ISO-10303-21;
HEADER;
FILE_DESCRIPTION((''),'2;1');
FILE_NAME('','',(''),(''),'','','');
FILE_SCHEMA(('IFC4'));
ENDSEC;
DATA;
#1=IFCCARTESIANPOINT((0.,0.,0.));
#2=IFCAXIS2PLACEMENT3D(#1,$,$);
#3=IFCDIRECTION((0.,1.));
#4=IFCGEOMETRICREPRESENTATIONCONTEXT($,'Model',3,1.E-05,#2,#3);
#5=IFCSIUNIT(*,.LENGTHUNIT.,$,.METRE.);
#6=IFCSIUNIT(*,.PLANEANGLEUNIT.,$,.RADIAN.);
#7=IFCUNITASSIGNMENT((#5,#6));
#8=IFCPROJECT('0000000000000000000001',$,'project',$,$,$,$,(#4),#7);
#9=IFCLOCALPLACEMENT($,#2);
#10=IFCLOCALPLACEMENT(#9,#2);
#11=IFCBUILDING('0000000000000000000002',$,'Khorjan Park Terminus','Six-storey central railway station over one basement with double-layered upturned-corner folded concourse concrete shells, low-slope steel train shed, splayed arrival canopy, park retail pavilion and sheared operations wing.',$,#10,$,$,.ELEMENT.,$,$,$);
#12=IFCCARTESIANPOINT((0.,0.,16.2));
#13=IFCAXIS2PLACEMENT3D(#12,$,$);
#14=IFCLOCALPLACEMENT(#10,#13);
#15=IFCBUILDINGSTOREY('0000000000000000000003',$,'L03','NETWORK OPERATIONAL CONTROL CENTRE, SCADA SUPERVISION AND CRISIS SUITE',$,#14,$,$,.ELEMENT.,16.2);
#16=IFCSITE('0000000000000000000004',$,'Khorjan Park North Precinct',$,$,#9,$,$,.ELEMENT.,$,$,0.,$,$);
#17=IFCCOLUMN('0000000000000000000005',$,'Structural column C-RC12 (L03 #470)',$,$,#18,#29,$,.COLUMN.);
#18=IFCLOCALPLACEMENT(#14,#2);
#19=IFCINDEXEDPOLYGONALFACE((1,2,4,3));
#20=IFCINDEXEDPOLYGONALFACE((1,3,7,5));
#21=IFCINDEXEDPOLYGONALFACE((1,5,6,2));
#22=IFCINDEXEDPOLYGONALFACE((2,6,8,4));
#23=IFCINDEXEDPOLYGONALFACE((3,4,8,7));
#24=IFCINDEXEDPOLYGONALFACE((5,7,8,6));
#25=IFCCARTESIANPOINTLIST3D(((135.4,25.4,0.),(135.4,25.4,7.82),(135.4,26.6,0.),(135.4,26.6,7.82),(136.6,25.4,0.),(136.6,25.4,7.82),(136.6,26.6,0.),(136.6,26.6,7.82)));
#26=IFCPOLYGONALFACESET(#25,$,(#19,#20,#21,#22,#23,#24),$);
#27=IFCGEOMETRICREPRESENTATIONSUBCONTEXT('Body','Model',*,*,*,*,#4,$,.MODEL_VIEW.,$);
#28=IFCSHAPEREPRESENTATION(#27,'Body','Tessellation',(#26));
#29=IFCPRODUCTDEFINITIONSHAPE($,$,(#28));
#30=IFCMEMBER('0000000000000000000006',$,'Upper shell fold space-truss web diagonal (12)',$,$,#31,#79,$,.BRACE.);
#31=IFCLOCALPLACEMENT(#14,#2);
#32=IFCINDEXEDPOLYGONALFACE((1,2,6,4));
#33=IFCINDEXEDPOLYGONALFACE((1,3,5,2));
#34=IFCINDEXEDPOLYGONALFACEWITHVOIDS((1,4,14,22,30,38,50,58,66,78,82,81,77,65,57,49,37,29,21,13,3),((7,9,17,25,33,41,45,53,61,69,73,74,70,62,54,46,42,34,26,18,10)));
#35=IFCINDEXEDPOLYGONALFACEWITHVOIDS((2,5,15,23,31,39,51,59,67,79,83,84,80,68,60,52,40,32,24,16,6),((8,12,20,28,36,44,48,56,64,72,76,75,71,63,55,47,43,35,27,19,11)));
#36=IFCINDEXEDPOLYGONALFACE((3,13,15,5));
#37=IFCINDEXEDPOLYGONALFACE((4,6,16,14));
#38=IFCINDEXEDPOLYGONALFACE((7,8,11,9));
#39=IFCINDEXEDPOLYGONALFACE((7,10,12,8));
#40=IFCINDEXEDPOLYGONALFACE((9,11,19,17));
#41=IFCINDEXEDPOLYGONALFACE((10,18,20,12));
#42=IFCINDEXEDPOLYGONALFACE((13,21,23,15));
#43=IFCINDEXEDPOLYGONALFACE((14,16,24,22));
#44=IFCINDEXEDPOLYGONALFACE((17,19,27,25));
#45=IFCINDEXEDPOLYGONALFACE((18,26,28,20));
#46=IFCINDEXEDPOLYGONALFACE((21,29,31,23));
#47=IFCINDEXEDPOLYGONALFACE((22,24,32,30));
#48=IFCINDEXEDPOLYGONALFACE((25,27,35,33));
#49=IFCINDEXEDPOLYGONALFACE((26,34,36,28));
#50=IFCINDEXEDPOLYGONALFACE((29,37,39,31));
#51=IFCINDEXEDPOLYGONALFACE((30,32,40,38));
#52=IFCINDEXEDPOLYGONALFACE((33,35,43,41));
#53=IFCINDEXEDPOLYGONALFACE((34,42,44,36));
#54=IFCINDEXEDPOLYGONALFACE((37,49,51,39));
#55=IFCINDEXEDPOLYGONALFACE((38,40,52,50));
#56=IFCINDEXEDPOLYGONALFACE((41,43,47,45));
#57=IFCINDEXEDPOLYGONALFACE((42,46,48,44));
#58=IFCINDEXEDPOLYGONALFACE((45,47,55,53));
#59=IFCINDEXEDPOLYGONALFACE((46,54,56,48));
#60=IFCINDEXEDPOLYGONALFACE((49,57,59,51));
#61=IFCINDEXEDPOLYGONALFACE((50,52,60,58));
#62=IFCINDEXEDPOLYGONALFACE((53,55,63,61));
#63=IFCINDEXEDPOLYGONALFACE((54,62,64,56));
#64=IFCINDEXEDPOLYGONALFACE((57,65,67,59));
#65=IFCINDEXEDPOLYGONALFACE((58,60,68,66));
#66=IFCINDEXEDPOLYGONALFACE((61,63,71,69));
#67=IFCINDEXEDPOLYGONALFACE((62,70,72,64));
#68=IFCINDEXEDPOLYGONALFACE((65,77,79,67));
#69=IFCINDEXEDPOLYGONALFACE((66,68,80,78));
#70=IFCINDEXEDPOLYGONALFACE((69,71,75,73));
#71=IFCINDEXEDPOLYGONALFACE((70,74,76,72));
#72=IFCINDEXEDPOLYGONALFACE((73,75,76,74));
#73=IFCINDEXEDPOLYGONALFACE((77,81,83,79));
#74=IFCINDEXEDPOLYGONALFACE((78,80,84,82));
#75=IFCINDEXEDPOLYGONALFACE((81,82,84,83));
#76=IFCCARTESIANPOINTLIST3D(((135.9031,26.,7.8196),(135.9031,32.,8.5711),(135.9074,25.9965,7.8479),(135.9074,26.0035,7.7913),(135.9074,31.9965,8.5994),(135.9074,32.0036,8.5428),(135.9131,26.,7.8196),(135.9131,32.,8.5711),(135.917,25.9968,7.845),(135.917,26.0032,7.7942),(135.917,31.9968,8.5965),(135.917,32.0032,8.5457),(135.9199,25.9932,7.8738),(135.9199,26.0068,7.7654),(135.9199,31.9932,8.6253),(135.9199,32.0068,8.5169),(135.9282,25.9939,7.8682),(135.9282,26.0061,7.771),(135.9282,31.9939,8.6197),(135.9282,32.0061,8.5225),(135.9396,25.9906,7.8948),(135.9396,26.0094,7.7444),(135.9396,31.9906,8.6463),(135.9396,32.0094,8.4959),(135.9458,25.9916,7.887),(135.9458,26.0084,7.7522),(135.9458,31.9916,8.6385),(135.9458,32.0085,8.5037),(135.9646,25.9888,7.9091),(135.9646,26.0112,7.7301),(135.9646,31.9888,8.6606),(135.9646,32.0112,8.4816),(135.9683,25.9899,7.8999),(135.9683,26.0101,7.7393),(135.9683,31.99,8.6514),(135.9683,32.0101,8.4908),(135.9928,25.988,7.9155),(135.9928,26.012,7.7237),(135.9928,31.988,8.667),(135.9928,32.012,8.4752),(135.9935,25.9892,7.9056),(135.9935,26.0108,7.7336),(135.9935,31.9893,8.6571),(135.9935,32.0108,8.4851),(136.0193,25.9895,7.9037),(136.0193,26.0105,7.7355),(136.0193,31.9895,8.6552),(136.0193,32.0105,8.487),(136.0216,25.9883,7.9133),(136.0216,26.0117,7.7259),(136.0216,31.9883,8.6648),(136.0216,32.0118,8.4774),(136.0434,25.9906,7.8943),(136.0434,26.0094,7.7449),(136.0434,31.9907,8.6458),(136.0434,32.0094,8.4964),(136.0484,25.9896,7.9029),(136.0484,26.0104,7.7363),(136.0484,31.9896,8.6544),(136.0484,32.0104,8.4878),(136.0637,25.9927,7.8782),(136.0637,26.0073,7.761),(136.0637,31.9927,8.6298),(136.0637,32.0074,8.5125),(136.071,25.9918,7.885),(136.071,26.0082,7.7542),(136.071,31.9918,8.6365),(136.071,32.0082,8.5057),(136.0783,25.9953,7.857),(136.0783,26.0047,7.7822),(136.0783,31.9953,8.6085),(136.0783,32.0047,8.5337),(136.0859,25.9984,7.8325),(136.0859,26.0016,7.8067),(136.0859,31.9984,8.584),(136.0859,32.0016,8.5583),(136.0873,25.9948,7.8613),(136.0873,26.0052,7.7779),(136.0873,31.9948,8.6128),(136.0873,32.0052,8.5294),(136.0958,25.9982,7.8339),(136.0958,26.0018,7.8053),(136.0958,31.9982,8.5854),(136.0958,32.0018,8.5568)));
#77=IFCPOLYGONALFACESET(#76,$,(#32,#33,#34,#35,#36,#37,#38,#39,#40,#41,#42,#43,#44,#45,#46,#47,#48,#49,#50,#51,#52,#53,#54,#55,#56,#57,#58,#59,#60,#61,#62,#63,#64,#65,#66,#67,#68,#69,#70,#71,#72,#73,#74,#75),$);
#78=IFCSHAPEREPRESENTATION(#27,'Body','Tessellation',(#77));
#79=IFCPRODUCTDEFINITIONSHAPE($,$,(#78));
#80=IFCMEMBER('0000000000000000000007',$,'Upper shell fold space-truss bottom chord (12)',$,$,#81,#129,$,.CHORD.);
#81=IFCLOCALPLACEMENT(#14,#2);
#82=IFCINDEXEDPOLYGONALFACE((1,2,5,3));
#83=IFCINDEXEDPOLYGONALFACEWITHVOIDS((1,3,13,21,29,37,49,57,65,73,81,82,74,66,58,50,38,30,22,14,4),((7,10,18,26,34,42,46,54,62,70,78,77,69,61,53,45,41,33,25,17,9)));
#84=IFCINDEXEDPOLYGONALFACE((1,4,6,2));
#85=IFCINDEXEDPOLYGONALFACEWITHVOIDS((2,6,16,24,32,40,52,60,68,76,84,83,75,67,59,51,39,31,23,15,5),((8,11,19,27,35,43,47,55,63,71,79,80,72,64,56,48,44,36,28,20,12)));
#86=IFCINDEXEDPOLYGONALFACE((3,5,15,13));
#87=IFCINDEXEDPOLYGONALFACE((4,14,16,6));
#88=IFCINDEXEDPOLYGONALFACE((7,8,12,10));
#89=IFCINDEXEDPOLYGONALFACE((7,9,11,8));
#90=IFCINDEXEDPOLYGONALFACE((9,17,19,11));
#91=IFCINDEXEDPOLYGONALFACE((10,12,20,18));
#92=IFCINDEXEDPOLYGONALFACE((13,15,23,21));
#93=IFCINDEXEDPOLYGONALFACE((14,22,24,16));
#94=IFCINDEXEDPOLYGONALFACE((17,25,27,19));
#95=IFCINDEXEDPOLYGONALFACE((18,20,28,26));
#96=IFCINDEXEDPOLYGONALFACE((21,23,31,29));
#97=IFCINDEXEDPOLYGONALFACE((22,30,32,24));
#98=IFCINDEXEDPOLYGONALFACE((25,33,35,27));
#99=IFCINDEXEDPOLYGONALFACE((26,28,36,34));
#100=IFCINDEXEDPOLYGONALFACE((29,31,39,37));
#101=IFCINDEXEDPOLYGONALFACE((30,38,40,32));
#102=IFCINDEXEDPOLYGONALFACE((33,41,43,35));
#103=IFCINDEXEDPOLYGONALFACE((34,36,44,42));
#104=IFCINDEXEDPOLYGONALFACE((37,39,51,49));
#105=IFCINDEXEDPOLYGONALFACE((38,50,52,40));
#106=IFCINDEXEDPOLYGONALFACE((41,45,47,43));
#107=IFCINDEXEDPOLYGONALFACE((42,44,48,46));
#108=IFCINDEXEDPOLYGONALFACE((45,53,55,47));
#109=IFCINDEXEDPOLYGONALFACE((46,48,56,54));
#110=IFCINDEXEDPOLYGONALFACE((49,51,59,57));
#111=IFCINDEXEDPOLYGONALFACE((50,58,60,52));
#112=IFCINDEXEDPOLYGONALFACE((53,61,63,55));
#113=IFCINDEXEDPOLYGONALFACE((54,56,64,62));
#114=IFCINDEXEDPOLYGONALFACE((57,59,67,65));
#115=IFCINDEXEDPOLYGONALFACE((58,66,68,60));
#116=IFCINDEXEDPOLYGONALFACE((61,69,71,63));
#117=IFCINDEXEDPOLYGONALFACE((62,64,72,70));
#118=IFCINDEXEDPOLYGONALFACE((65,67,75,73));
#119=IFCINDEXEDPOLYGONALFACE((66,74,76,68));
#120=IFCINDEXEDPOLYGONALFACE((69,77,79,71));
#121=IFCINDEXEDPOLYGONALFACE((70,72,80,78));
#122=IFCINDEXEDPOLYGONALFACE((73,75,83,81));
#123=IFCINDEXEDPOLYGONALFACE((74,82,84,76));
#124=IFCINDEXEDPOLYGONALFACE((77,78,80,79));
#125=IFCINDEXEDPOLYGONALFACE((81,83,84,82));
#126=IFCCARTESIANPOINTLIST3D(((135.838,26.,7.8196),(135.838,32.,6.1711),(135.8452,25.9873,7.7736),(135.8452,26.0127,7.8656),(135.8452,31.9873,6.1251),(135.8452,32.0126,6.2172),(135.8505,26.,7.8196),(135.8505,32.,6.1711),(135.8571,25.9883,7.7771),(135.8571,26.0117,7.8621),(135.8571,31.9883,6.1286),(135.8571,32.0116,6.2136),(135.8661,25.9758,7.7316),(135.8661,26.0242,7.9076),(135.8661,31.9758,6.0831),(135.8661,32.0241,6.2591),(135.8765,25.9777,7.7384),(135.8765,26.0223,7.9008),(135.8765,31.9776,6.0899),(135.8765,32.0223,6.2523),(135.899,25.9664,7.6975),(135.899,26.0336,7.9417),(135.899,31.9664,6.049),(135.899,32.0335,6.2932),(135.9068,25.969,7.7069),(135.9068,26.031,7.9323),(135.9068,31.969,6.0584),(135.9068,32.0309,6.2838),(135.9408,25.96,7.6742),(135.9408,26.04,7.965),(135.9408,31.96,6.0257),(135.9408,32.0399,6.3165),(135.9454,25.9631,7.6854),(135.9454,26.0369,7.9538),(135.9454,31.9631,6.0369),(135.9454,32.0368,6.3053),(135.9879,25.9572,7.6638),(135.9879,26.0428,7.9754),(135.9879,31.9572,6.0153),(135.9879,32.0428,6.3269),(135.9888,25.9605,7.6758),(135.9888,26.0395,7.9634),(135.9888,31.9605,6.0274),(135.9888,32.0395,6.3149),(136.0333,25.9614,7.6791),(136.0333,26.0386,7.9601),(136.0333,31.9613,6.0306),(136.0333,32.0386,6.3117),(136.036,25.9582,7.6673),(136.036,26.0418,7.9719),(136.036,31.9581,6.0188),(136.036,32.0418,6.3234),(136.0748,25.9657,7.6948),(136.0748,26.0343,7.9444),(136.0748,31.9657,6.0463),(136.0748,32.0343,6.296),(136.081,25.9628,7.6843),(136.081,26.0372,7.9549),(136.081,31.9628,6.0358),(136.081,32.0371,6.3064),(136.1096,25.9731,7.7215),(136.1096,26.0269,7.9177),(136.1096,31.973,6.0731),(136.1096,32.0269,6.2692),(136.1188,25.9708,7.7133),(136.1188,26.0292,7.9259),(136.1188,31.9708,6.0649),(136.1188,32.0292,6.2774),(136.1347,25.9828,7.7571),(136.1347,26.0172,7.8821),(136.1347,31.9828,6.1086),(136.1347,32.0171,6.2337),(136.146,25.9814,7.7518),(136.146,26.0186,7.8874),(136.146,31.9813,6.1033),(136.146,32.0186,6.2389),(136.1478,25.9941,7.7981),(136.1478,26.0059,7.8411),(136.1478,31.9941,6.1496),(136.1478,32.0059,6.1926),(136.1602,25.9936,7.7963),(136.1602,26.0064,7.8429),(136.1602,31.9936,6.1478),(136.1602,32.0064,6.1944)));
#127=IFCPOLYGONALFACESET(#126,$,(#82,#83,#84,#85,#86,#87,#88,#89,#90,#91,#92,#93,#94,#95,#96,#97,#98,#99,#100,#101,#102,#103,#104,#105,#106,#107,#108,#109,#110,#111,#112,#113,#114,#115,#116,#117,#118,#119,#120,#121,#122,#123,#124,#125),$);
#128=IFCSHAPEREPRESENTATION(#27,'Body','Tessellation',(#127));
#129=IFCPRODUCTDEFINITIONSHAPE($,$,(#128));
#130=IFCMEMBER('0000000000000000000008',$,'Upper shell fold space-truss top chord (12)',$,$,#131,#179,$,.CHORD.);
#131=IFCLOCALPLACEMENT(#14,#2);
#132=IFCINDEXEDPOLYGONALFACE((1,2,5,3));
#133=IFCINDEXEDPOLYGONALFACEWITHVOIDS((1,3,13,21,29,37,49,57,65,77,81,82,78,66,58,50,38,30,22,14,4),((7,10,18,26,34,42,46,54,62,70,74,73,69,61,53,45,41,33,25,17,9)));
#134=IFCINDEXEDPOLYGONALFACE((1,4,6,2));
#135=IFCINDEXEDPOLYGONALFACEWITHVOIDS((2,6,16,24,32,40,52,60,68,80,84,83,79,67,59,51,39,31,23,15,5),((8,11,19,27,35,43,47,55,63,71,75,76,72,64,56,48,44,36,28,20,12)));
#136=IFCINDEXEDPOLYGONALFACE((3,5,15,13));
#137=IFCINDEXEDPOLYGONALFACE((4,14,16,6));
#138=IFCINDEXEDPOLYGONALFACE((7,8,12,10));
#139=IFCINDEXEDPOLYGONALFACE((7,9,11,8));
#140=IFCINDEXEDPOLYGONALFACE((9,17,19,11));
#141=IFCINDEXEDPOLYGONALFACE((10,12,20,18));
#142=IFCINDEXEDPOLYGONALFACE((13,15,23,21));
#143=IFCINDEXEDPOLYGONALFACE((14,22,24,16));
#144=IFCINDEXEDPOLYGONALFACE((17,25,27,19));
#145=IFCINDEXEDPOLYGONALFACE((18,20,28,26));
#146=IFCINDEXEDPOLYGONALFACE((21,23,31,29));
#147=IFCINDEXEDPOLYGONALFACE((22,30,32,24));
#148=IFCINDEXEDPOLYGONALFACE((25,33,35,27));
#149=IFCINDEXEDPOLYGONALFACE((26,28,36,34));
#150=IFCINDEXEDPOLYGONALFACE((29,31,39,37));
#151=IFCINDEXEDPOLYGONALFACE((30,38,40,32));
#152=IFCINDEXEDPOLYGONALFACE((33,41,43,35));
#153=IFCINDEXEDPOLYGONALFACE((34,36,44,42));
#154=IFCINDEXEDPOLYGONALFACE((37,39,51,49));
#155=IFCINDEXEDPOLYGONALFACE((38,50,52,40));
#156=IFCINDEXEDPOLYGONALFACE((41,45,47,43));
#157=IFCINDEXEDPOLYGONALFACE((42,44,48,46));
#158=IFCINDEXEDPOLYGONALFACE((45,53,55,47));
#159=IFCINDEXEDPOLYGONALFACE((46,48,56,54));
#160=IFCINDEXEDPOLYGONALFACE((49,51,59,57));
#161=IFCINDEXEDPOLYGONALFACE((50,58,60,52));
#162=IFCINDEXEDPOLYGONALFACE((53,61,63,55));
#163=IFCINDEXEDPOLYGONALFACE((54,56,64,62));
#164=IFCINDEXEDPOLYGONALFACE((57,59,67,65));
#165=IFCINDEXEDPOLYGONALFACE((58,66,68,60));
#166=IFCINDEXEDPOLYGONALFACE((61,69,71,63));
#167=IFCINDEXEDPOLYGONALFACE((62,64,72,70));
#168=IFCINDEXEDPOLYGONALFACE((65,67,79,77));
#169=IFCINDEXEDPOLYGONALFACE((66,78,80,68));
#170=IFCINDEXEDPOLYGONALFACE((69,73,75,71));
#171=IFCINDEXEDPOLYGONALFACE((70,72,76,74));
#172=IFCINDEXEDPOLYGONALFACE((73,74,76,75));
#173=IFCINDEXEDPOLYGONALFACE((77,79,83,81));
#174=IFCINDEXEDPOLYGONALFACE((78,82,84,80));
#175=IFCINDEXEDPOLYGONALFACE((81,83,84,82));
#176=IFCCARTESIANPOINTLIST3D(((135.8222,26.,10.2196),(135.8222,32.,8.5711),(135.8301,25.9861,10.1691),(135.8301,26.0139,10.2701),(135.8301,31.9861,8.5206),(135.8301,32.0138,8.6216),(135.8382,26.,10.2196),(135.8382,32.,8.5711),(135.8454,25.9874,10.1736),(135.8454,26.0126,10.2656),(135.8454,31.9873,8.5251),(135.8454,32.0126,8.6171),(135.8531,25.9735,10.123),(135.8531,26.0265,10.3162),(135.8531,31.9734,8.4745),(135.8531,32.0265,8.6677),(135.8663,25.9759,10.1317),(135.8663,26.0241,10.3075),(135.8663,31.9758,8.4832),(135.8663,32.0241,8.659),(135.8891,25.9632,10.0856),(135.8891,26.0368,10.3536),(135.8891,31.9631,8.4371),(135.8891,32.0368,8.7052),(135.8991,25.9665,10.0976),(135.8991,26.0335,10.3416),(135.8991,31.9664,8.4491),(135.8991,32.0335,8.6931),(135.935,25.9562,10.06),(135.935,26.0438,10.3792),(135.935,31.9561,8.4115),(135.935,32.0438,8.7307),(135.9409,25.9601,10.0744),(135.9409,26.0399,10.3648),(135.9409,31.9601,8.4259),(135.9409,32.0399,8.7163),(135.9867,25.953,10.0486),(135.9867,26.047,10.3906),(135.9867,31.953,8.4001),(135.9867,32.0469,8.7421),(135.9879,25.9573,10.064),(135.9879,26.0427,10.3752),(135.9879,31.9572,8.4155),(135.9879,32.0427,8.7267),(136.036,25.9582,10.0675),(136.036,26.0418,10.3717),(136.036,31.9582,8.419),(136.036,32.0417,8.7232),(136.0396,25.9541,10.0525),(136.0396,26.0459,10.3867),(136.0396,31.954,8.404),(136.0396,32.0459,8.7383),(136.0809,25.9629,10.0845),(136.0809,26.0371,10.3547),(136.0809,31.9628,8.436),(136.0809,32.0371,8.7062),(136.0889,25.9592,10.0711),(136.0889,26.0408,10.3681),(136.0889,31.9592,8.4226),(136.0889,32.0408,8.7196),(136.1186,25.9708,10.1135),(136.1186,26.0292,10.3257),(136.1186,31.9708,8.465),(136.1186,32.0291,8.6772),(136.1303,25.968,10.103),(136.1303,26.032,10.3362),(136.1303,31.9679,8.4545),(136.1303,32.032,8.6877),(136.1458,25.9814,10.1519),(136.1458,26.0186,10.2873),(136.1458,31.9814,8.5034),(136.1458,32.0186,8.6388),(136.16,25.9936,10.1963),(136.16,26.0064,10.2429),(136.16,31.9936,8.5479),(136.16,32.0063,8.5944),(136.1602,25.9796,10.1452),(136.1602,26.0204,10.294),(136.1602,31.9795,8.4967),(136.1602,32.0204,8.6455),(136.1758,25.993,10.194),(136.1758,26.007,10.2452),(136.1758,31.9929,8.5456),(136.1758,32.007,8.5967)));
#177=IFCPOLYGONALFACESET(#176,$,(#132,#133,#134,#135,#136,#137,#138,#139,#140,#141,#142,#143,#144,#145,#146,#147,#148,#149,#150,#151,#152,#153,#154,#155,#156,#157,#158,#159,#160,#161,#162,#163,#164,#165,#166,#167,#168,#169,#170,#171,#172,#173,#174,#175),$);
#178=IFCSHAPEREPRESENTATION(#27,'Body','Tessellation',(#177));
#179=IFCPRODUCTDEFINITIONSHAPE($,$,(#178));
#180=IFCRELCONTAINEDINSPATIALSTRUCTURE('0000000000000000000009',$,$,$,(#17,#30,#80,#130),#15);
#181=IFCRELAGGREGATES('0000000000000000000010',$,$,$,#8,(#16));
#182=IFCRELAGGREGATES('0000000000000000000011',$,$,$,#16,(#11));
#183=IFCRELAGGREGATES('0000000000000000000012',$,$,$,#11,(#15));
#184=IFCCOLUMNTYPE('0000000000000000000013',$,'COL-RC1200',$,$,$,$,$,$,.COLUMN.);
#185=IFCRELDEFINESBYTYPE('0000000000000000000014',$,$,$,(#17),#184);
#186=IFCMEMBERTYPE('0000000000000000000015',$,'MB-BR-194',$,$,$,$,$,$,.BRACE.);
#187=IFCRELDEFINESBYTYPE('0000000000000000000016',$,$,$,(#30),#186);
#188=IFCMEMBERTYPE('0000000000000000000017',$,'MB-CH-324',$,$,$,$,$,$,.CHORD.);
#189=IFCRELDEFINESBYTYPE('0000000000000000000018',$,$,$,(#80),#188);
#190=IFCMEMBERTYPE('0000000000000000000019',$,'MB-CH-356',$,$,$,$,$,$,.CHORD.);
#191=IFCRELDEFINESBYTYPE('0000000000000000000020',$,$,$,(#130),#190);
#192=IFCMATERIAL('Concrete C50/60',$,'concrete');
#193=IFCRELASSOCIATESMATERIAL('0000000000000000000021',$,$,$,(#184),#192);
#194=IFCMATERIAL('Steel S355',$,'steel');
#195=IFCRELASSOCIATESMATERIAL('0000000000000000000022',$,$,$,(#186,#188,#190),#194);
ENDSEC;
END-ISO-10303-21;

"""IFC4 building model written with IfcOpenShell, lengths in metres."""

from ifc_helpers import new_model, si_unit, direction, frame, origin, origin_2d, place, context, subcontext, project, spatial, rectangle, hollow_circle, extrude, material, material_profile, profile_set, type_object, element, save


model = new_model("IFC4")

# Units and contexts
model_context = context("Model", 3, precision=1e-05, world=origin(), true_north=direction((0.0, 1.0)))
body_context = subcontext(model_context, "Body", "Model", "MODEL_VIEW")
ifc_project = project(units=[si_unit("LENGTHUNIT", "METRE"), si_unit("PLANEANGLEUNIT", "RADIAN")], contexts=[model_context])

# Site, building, storey
site_placement = place(None, origin())
site = spatial("IfcSite", under=ifc_project, at=site_placement, Name="Khorjan Park North Precinct", CompositionType="ELEMENT", RefElevation=0.0)
building_placement = place(site_placement, origin())
building = spatial("IfcBuilding", under=site, at=building_placement, Name="Khorjan Park Terminus", Description="Six-storey central railway station over one basement with double-layered upturned-corner folded concourse concrete shells, low-slope steel train shed, splayed arrival canopy, park retail pavilion and sheared operations wing.", CompositionType="ELEMENT")
storey_placement = place(building_placement, frame((0.0, 0.0, 16.2)))
storey = spatial("IfcBuildingStorey", under=building, at=storey_placement, Name="L03", Description="NETWORK OPERATIONAL CONTROL CENTRE, SCADA SUPERVISION AND CRISIS SUITE", CompositionType="ELEMENT", Elevation=16.2)

# Column
ifc_material_1 = material(Name="Concrete C50/60", Category="concrete")
ifc_material_profile_1 = material_profile(ifc_material_1, rectangle(XDim=1.2, YDim=1.2, at=origin_2d()), Name="RC 1200x1200")
ifc_profile_set_1 = profile_set([ifc_material_profile_1], Name="Concrete C50/60")
column_type = type_object("IfcColumnType", Name="COL-RC1200", PredefinedType="COLUMN", material=ifc_profile_set_1)
column_placement = place(storey_placement, frame((136.0, 26.0, 0.0), z_axis=(0.0, 0.0, 1.0), x_axis=(1.0, 0.0, 0.0)))
element("IfcColumn", 1, at=column_placement, inside=storey, type_object=column_type, Name="Structural column C-RC12 (L03 #470)", PredefinedType="COLUMN", context=body_context, shape_type="SweptSolid", body=[
    extrude(rectangle(XDim=1.2, YDim=1.2, at=origin_2d()), origin(), (0.0, 0.0, 1.0), 7.82),
])

# Members
ifc_material_2 = material(Name="Steel S355", Category="steel")
ifc_material_profile_2 = material_profile(ifc_material_2, hollow_circle(Radius=0.0969, WallThickness=0.01, at=origin_2d()), Name="CHS 193.7x10")
ifc_profile_set_2 = profile_set([ifc_material_profile_2], Name="Steel S355")
member_type_1 = type_object("IfcMemberType", Name="MB-BR-194", PredefinedType="BRACE", material=ifc_profile_set_2)
member_1_placement = place(storey_placement, frame((136.0, 26.0, 7.8196), z_axis=(0.0, 0.992247, 0.124279), x_axis=(-1.0, 0.0, 0.0)))
element("IfcMember", 2, at=member_1_placement, inside=storey, type_object=member_type_1, Name="Upper shell fold space-truss web diagonal (12)", PredefinedType="BRACE", context=body_context, shape_type="SweptSolid", body=[
    extrude(hollow_circle(Radius=0.0969, WallThickness=0.01, at=origin_2d()), origin(), (0.0, 0.0, 1.0), 6.0469),
])
ifc_material_profile_3 = material_profile(ifc_material_2, hollow_circle(Radius=0.162, WallThickness=0.0125, at=origin_2d()), Name="CHS 323.9x12.5")
ifc_profile_set_3 = profile_set([ifc_material_profile_3], Name="Steel S355")
member_type_2 = type_object("IfcMemberType", Name="MB-CH-324", PredefinedType="CHORD", material=ifc_profile_set_3)
member_2_placement = place(storey_placement, frame((136.0, 26.0, 7.8196), z_axis=(0.0, 0.964267, -0.264932), x_axis=(-1.0, 0.0, 0.0)))
element("IfcMember", 3, at=member_2_placement, inside=storey, type_object=member_type_2, Name="Upper shell fold space-truss bottom chord (12)", PredefinedType="CHORD", context=body_context, shape_type="SweptSolid", body=[
    extrude(hollow_circle(Radius=0.162, WallThickness=0.0125, at=origin_2d()), origin(), (0.0, 0.0, 1.0), 6.2223),
])
ifc_material_profile_4 = material_profile(ifc_material_2, hollow_circle(Radius=0.1778, WallThickness=0.016, at=origin_2d()), Name="CHS 355.6x16")
ifc_profile_set_4 = profile_set([ifc_material_profile_4], Name="Steel S355")
member_type_3 = type_object("IfcMemberType", Name="MB-CH-356", PredefinedType="CHORD", material=ifc_profile_set_4)
member_3_placement = place(storey_placement, frame((136.0, 26.0, 10.2196), z_axis=(0.0, 0.964267, -0.264932), x_axis=(-1.0, 0.0, 0.0)))
element("IfcMember", 4, at=member_3_placement, inside=storey, type_object=member_type_3, Name="Upper shell fold space-truss top chord (12)", PredefinedType="CHORD", context=body_context, shape_type="SweptSolid", body=[
    extrude(hollow_circle(Radius=0.1778, WallThickness=0.016, at=origin_2d()), origin(), (0.0, 0.0, 1.0), 6.2223),
])

save(model, "model.ifc")
